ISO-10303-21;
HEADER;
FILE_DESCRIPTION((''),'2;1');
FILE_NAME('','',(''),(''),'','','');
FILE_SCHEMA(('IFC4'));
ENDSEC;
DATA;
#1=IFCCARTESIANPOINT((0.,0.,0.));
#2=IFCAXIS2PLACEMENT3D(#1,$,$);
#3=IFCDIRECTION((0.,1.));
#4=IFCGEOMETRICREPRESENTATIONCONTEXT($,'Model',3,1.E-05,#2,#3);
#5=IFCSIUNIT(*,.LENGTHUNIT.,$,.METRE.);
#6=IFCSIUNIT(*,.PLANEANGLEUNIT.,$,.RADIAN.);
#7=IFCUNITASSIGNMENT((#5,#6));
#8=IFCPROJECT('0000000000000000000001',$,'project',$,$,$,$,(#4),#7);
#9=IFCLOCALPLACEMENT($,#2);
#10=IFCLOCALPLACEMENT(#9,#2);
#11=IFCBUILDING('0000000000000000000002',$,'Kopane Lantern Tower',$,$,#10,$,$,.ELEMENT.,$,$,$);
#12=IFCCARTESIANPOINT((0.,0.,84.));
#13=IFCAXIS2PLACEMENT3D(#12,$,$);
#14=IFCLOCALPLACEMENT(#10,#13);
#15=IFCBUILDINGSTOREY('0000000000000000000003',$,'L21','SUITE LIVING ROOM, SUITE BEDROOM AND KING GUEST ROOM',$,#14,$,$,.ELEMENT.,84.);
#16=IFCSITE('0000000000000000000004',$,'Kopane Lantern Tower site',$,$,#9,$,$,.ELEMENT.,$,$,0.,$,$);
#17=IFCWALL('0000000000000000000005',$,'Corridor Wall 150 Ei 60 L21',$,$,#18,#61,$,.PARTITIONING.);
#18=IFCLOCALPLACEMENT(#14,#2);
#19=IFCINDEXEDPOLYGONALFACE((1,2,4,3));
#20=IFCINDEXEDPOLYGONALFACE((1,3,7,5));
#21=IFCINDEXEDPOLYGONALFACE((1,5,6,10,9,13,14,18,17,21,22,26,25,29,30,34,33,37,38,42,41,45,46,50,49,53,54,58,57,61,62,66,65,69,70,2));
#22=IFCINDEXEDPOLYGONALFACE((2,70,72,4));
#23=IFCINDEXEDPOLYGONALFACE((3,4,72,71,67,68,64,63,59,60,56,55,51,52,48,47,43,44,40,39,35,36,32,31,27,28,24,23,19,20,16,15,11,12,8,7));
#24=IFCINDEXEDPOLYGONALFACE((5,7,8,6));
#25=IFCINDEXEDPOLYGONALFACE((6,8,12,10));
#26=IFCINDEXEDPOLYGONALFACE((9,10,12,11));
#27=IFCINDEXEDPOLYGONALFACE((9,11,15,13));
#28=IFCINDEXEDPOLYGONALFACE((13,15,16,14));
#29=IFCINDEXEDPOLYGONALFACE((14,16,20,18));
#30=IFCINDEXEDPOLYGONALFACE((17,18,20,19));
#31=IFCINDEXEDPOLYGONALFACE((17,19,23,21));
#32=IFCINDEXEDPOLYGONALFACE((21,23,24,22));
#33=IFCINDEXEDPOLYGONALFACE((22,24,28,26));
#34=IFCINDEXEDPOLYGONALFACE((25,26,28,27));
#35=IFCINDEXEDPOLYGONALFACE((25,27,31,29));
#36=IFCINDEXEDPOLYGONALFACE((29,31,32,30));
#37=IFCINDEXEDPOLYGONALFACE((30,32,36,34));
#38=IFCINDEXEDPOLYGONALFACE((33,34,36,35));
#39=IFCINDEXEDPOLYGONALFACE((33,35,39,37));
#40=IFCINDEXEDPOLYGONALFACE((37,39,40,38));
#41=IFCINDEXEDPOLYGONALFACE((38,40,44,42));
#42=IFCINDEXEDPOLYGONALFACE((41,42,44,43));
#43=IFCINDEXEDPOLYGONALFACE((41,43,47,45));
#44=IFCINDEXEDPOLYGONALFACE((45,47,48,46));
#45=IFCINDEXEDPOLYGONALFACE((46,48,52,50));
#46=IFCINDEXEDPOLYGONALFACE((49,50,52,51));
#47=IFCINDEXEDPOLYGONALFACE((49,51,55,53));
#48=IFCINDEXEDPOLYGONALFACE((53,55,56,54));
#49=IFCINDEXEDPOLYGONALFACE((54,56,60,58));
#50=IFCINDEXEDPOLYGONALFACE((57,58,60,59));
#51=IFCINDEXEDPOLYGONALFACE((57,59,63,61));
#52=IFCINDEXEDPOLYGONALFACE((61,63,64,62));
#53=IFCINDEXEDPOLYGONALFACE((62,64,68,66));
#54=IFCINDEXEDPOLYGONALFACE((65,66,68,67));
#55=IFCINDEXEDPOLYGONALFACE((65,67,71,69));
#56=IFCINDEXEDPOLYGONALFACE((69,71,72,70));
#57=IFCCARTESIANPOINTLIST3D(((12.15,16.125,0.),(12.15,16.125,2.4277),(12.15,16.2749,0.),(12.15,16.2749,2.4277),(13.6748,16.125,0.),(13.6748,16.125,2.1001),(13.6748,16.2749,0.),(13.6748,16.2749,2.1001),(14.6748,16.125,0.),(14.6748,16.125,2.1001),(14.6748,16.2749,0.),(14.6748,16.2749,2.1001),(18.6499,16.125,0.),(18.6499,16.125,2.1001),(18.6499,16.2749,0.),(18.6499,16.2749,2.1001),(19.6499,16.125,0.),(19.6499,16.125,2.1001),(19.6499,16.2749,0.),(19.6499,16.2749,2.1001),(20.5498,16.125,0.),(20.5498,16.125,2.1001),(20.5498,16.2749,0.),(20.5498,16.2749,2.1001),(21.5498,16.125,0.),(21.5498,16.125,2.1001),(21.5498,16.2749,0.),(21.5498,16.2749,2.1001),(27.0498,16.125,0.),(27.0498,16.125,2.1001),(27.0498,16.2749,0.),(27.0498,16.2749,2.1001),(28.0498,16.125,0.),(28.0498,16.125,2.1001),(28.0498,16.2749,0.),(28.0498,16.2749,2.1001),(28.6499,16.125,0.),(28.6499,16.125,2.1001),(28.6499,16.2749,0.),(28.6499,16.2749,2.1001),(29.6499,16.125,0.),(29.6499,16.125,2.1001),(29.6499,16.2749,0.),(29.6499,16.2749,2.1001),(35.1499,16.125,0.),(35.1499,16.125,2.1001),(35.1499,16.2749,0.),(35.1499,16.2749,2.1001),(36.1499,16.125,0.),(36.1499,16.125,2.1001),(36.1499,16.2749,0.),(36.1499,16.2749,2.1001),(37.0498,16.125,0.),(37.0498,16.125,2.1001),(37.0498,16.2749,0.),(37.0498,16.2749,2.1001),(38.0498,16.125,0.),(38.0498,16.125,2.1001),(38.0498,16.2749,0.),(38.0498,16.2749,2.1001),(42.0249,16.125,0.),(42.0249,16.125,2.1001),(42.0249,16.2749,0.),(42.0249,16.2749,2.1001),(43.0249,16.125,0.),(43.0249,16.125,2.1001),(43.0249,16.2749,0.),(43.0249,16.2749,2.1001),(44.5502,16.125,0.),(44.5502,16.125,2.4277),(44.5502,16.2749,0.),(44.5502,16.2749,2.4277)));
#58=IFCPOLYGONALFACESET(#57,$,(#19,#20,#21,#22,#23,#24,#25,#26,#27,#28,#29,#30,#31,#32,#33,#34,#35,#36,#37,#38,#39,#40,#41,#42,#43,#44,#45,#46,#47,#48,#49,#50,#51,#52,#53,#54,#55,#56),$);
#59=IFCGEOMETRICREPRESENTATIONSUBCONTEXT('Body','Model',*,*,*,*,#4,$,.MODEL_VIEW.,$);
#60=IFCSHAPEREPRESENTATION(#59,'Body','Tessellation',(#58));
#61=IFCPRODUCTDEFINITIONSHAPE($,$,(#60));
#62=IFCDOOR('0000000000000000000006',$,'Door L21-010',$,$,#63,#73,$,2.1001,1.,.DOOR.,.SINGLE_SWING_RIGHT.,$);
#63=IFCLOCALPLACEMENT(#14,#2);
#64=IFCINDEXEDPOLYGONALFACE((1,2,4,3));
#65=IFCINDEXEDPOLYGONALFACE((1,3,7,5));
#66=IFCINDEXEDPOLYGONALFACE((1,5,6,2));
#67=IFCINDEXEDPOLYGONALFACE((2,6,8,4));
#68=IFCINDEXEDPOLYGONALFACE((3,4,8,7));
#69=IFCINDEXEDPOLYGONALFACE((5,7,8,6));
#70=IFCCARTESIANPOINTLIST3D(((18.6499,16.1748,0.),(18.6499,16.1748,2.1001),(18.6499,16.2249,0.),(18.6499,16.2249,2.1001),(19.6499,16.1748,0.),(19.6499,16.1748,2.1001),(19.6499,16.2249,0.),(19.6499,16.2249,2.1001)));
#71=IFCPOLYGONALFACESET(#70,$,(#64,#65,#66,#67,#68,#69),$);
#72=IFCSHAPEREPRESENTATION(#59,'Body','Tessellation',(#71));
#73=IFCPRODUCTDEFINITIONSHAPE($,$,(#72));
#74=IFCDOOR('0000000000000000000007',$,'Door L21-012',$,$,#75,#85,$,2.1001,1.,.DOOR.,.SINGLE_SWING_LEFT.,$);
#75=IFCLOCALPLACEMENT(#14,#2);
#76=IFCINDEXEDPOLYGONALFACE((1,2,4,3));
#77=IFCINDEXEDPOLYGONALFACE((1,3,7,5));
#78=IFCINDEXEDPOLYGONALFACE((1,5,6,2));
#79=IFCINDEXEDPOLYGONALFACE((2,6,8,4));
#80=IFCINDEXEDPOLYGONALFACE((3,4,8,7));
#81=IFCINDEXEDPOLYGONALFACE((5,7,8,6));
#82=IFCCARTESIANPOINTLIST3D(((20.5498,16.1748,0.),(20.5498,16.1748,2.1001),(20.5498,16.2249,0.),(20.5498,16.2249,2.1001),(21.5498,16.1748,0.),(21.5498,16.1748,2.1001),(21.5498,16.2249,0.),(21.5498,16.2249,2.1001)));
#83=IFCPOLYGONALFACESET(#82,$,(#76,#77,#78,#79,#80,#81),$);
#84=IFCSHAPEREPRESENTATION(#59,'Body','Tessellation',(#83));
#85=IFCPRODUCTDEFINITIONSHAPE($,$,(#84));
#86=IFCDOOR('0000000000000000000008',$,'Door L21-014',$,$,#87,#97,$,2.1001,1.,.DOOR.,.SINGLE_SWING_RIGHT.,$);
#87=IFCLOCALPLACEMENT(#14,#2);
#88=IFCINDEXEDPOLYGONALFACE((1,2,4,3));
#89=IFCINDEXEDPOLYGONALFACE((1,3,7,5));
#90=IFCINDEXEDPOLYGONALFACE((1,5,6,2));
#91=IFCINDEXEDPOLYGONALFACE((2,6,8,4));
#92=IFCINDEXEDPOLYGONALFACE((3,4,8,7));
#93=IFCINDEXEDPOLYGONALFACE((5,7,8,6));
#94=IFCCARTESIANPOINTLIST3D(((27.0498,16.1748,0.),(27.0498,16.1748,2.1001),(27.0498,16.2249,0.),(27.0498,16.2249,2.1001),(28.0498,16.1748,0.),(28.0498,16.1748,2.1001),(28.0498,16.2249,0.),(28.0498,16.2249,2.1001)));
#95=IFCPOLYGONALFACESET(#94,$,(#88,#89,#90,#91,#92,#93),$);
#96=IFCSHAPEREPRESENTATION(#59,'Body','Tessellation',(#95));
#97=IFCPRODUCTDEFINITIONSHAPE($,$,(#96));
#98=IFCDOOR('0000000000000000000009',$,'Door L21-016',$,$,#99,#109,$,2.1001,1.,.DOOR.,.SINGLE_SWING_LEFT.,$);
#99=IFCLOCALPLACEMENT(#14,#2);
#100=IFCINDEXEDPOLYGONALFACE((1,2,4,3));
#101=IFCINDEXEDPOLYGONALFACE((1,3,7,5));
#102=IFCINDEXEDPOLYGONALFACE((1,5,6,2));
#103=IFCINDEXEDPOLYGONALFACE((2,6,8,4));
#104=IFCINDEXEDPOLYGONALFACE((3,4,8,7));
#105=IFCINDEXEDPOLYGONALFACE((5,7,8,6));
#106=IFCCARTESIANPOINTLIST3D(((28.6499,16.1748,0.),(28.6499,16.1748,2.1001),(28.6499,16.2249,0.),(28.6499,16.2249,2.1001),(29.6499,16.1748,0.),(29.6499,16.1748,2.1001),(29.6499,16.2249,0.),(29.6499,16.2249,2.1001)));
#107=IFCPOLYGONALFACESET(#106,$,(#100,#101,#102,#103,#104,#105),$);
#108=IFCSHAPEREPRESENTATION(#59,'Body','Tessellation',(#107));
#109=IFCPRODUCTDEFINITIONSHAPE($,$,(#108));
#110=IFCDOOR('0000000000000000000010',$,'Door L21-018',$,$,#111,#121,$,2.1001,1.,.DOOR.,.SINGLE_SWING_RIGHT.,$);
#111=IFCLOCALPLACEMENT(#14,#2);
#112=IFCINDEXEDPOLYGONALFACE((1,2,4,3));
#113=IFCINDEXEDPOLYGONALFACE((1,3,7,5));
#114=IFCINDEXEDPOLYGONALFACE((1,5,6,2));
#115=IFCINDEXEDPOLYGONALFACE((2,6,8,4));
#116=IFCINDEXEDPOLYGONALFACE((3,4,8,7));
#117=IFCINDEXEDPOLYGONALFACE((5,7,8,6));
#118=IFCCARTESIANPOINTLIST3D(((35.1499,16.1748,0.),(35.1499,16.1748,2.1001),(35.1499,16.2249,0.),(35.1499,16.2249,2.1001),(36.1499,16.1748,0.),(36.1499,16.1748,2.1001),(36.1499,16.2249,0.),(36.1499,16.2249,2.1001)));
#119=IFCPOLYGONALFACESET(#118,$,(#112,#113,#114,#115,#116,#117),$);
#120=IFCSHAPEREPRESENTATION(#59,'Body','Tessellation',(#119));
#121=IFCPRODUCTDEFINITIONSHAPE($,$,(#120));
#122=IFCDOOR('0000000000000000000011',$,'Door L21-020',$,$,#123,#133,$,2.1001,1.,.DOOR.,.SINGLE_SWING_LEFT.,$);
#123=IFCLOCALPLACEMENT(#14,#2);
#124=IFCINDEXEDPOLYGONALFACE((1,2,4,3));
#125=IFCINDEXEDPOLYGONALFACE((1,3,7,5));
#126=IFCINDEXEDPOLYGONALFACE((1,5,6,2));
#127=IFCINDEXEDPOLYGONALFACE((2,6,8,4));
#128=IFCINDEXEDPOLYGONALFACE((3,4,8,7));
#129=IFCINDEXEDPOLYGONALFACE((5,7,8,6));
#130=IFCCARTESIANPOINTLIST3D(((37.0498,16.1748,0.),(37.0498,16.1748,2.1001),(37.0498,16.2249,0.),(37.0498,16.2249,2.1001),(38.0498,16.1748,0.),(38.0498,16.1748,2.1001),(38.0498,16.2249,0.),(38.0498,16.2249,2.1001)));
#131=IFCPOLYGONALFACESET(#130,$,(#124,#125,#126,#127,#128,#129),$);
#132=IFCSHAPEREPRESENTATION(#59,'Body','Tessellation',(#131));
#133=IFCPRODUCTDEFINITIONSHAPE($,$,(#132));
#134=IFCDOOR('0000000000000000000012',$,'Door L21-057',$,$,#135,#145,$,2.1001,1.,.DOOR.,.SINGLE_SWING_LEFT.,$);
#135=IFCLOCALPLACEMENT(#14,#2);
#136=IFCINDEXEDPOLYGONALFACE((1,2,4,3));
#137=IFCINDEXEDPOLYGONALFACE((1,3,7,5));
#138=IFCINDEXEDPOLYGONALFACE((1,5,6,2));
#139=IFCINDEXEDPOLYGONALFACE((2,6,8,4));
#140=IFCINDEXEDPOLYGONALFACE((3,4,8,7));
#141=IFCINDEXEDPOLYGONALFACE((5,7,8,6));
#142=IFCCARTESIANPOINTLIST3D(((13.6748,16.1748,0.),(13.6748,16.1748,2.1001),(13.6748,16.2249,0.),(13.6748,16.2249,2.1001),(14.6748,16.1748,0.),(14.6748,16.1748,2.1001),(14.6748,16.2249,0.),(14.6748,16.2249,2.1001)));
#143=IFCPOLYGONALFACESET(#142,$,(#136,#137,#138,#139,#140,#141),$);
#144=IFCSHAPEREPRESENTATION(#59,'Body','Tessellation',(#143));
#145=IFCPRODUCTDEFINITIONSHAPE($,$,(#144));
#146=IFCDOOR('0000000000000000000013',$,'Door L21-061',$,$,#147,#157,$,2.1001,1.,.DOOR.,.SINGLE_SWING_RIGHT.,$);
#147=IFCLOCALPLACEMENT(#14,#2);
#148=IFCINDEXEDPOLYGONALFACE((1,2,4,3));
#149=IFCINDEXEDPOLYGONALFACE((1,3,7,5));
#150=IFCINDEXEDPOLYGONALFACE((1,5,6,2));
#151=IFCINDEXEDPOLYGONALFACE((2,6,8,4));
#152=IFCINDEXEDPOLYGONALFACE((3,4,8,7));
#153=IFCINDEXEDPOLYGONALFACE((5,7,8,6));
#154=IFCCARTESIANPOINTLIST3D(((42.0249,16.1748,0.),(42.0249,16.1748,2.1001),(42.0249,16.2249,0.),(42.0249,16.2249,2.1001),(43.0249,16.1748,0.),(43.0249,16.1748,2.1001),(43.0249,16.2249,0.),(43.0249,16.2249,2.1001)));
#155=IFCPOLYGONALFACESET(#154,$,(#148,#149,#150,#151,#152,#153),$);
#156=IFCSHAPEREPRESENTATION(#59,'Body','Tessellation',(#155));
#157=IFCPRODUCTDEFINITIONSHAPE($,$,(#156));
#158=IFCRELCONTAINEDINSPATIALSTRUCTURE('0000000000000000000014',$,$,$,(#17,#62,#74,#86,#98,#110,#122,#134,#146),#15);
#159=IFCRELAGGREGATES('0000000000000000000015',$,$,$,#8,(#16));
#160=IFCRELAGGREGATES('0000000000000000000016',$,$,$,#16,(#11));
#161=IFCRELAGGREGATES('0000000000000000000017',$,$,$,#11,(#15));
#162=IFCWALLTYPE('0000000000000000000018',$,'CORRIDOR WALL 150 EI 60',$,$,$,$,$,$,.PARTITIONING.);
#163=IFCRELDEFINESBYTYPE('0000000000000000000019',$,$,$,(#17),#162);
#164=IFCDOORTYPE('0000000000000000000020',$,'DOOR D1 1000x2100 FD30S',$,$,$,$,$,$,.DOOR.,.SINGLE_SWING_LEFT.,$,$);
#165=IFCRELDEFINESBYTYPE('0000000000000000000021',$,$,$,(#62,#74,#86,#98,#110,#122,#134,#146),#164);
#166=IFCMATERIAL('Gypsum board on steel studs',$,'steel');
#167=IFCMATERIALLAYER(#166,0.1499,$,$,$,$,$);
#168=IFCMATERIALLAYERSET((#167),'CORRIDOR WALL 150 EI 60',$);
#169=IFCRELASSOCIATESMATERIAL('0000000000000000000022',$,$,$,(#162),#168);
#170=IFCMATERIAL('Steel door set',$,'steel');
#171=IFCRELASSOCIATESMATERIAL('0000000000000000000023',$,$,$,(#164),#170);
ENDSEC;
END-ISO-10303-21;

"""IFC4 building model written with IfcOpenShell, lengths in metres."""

from ifc_helpers import new_model, si_unit, direction, frame, frame_2d, origin, place, context, subcontext, project, spatial, rectangle, extrude, material, layer, layer_set, type_object, element, fill, save


model = new_model("IFC4")

# Units and contexts
model_context = context("Model", 3, precision=1e-05, world=origin(), true_north=direction((0.0, 1.0)))
body_context = subcontext(model_context, "Body", "Model", "MODEL_VIEW")
ifc_project = project(units=[si_unit("LENGTHUNIT", "METRE"), si_unit("PLANEANGLEUNIT", "RADIAN")], contexts=[model_context])

# Site, building, storey
site_placement = place(None, origin())
site = spatial("IfcSite", under=ifc_project, at=site_placement, Name="Kopane Lantern Tower site", CompositionType="ELEMENT", RefElevation=0.0)
building_placement = place(site_placement, origin())
building = spatial("IfcBuilding", under=site, at=building_placement, Name="Kopane Lantern Tower", CompositionType="ELEMENT")
storey_placement = place(building_placement, frame((0.0, 0.0, 84.0)))
storey = spatial("IfcBuildingStorey", under=building, at=storey_placement, Name="L21", Description="SUITE LIVING ROOM, SUITE BEDROOM AND KING GUEST ROOM", CompositionType="ELEMENT", Elevation=84.0)

# Wall, openings, doors
ifc_material_1 = material(Name="Gypsum board on steel studs", Category="steel")
ifc_layer_1 = layer(ifc_material_1, 0.1499)
ifc_layer_set_1 = layer_set([ifc_layer_1], Name="CORRIDOR WALL 150 EI 60")
wall_type_1 = type_object("IfcWallType", Name="CORRIDOR WALL 150 EI 60", PredefinedType="PARTITIONING", material=ifc_layer_set_1)
wall_1_placement = place(storey_placement, frame((12.1499, 16.2, 0.0), z_axis=(0.0, 0.0, 1.0), x_axis=(1.0, 0.0, 0.0)))
wall_1 = element("IfcWall", 1, at=wall_1_placement, inside=storey, type_object=wall_type_1, Name="Corridor Wall 150 Ei 60 L21", PredefinedType="PARTITIONING", context=body_context, shape_type="SweptSolid", body=[
    extrude(rectangle(XDim=32.4001, YDim=0.1499, at=frame_2d((16.2002, 0.0))), origin(), (0.0, 0.0, 1.0), 2.4277),
])
opening_1_placement = place(wall_1_placement, frame((6.5, 0.0, 0.0)))
opening_1 = element("IfcOpeningElement", 2, at=opening_1_placement, cuts=wall_1, PredefinedType="OPENING", context=body_context, shape_type="SweptSolid", body=[
    extrude(rectangle(XDim=1.0, YDim=2.1001, at=frame_2d((0.5, 1.05))), frame((0.0, 0.085, 0.0), z_axis=(0.0, -1.0, 0.0), x_axis=(1.0, 0.0, 0.0)), (0.0, 0.0, 1.0), 0.1699),
])
opening_2_placement = place(wall_1_placement, frame((8.3999, 0.0, 0.0)))
opening_2 = element("IfcOpeningElement", 3, at=opening_2_placement, cuts=wall_1, PredefinedType="OPENING", context=body_context, shape_type="SweptSolid", body=[
    extrude(rectangle(XDim=1.0, YDim=2.1001, at=frame_2d((0.5, 1.05))), frame((0.0, 0.085, 0.0), z_axis=(0.0, -1.0, 0.0), x_axis=(1.0, 0.0, 0.0)), (0.0, 0.0, 1.0), 0.1699),
])
opening_3_placement = place(wall_1_placement, frame((14.8999, 0.0, 0.0)))
opening_3 = element("IfcOpeningElement", 4, at=opening_3_placement, cuts=wall_1, PredefinedType="OPENING", context=body_context, shape_type="SweptSolid", body=[
    extrude(rectangle(XDim=1.0, YDim=2.1001, at=frame_2d((0.5, 1.05))), frame((0.0, 0.085, 0.0), z_axis=(0.0, -1.0, 0.0), x_axis=(1.0, 0.0, 0.0)), (0.0, 0.0, 1.0), 0.1699),
])
opening_4_placement = place(wall_1_placement, frame((16.5, 0.0, 0.0)))
opening_4 = element("IfcOpeningElement", 5, at=opening_4_placement, cuts=wall_1, PredefinedType="OPENING", context=body_context, shape_type="SweptSolid", body=[
    extrude(rectangle(XDim=1.0, YDim=2.1001, at=frame_2d((0.5, 1.05))), frame((0.0, 0.085, 0.0), z_axis=(0.0, -1.0, 0.0), x_axis=(1.0, 0.0, 0.0)), (0.0, 0.0, 1.0), 0.1699),
])
opening_5_placement = place(wall_1_placement, frame((23.0, 0.0, 0.0)))
opening_5 = element("IfcOpeningElement", 6, at=opening_5_placement, cuts=wall_1, PredefinedType="OPENING", context=body_context, shape_type="SweptSolid", body=[
    extrude(rectangle(XDim=1.0, YDim=2.1001, at=frame_2d((0.5, 1.05))), frame((0.0, 0.085, 0.0), z_axis=(0.0, -1.0, 0.0), x_axis=(1.0, 0.0, 0.0)), (0.0, 0.0, 1.0), 0.1699),
])
opening_6_placement = place(wall_1_placement, frame((24.8999, 0.0, 0.0)))
opening_6 = element("IfcOpeningElement", 7, at=opening_6_placement, cuts=wall_1, PredefinedType="OPENING", context=body_context, shape_type="SweptSolid", body=[
    extrude(rectangle(XDim=1.0, YDim=2.1001, at=frame_2d((0.5, 1.05))), frame((0.0, 0.085, 0.0), z_axis=(0.0, -1.0, 0.0), x_axis=(1.0, 0.0, 0.0)), (0.0, 0.0, 1.0), 0.1699),
])
opening_7_placement = place(wall_1_placement, frame((1.5249, 0.0, 0.0)))
opening_7 = element("IfcOpeningElement", 8, at=opening_7_placement, cuts=wall_1, PredefinedType="OPENING", context=body_context, shape_type="SweptSolid", body=[
    extrude(rectangle(XDim=1.0, YDim=2.1001, at=frame_2d((0.5, 1.05))), frame((0.0, 0.085, 0.0), z_axis=(0.0, -1.0, 0.0), x_axis=(1.0, 0.0, 0.0)), (0.0, 0.0, 1.0), 0.1699),
])
opening_8_placement = place(wall_1_placement, frame((29.875, 0.0, 0.0)))
opening_8 = element("IfcOpeningElement", 9, at=opening_8_placement, cuts=wall_1, PredefinedType="OPENING", context=body_context, shape_type="SweptSolid", body=[
    extrude(rectangle(XDim=1.0, YDim=2.1001, at=frame_2d((0.5, 1.05))), frame((0.0, 0.085, 0.0), z_axis=(0.0, -1.0, 0.0), x_axis=(1.0, 0.0, 0.0)), (0.0, 0.0, 1.0), 0.1699),
])
ifc_material_2 = material(Name="Steel door set", Category="steel")
door_type_1 = type_object("IfcDoorType", Name="DOOR D1 1000x2100 FD30S", OperationType="SINGLE_SWING_LEFT", PredefinedType="DOOR", material=ifc_material_2)
door_1_placement = place(opening_1_placement, origin())
door_1 = element("IfcDoor", 10, at=door_1_placement, inside=storey, type_object=door_type_1, Name="Door L21-010", OperationType="SINGLE_SWING_RIGHT", OverallHeight=2.1001, OverallWidth=1.0, PredefinedType="DOOR", context=body_context, shape_type="SweptSolid", body=[
    extrude(rectangle(XDim=1.0, YDim=2.1001, at=frame_2d((0.5, 1.05))), frame((0.0, 0.0249, 0.0), z_axis=(0.0, -1.0, 0.0), x_axis=(1.0, 0.0, 0.0)), (0.0, 0.0, 1.0), 0.05),
])
fill(opening_1, door_1)
door_2_placement = place(opening_2_placement, origin())
door_2 = element("IfcDoor", 11, at=door_2_placement, inside=storey, type_object=door_type_1, Name="Door L21-012", OperationType="SINGLE_SWING_LEFT", OverallHeight=2.1001, OverallWidth=1.0, PredefinedType="DOOR", context=body_context, shape_type="SweptSolid", body=[
    extrude(rectangle(XDim=1.0, YDim=2.1001, at=frame_2d((0.5, 1.05))), frame((0.0, 0.0249, 0.0), z_axis=(0.0, -1.0, 0.0), x_axis=(1.0, 0.0, 0.0)), (0.0, 0.0, 1.0), 0.05),
])
fill(opening_2, door_2)
door_3_placement = place(opening_3_placement, origin())
door_3 = element("IfcDoor", 12, at=door_3_placement, inside=storey, type_object=door_type_1, Name="Door L21-014", OperationType="SINGLE_SWING_RIGHT", OverallHeight=2.1001, OverallWidth=1.0, PredefinedType="DOOR", context=body_context, shape_type="SweptSolid", body=[
    extrude(rectangle(XDim=1.0, YDim=2.1001, at=frame_2d((0.5, 1.05))), frame((0.0, 0.0249, 0.0), z_axis=(0.0, -1.0, 0.0), x_axis=(1.0, 0.0, 0.0)), (0.0, 0.0, 1.0), 0.05),
])
fill(opening_3, door_3)
door_4_placement = place(opening_4_placement, origin())
door_4 = element("IfcDoor", 13, at=door_4_placement, inside=storey, type_object=door_type_1, Name="Door L21-016", OperationType="SINGLE_SWING_LEFT", OverallHeight=2.1001, OverallWidth=1.0, PredefinedType="DOOR", context=body_context, shape_type="SweptSolid", body=[
    extrude(rectangle(XDim=1.0, YDim=2.1001, at=frame_2d((0.5, 1.05))), frame((0.0, 0.0249, 0.0), z_axis=(0.0, -1.0, 0.0), x_axis=(1.0, 0.0, 0.0)), (0.0, 0.0, 1.0), 0.05),
])
fill(opening_4, door_4)
door_5_placement = place(opening_5_placement, origin())
door_5 = element("IfcDoor", 14, at=door_5_placement, inside=storey, type_object=door_type_1, Name="Door L21-018", OperationType="SINGLE_SWING_RIGHT", OverallHeight=2.1001, OverallWidth=1.0, PredefinedType="DOOR", context=body_context, shape_type="SweptSolid", body=[
    extrude(rectangle(XDim=1.0, YDim=2.1001, at=frame_2d((0.5, 1.05))), frame((0.0, 0.0249, 0.0), z_axis=(0.0, -1.0, 0.0), x_axis=(1.0, 0.0, 0.0)), (0.0, 0.0, 1.0), 0.05),
])
fill(opening_5, door_5)
door_6_placement = place(opening_6_placement, origin())
door_6 = element("IfcDoor", 15, at=door_6_placement, inside=storey, type_object=door_type_1, Name="Door L21-020", OperationType="SINGLE_SWING_LEFT", OverallHeight=2.1001, OverallWidth=1.0, PredefinedType="DOOR", context=body_context, shape_type="SweptSolid", body=[
    extrude(rectangle(XDim=1.0, YDim=2.1001, at=frame_2d((0.5, 1.05))), frame((0.0, 0.0249, 0.0), z_axis=(0.0, -1.0, 0.0), x_axis=(1.0, 0.0, 0.0)), (0.0, 0.0, 1.0), 0.05),
])
fill(opening_6, door_6)
door_7_placement = place(opening_7_placement, origin())
door_7 = element("IfcDoor", 16, at=door_7_placement, inside=storey, type_object=door_type_1, Name="Door L21-057", OperationType="SINGLE_SWING_LEFT", OverallHeight=2.1001, OverallWidth=1.0, PredefinedType="DOOR", context=body_context, shape_type="SweptSolid", body=[
    extrude(rectangle(XDim=1.0, YDim=2.1001, at=frame_2d((0.5, 1.05))), frame((0.0, 0.0249, 0.0), z_axis=(0.0, -1.0, 0.0), x_axis=(1.0, 0.0, 0.0)), (0.0, 0.0, 1.0), 0.05),
])
fill(opening_7, door_7)
door_8_placement = place(opening_8_placement, origin())
door_8 = element("IfcDoor", 17, at=door_8_placement, inside=storey, type_object=door_type_1, Name="Door L21-061", OperationType="SINGLE_SWING_RIGHT", OverallHeight=2.1001, OverallWidth=1.0, PredefinedType="DOOR", context=body_context, shape_type="SweptSolid", body=[
    extrude(rectangle(XDim=1.0, YDim=2.1001, at=frame_2d((0.5, 1.05))), frame((0.0, 0.0249, 0.0), z_axis=(0.0, -1.0, 0.0), x_axis=(1.0, 0.0, 0.0)), (0.0, 0.0, 1.0), 0.05),
])
fill(opening_8, door_8)

save(model, "model.ifc")
